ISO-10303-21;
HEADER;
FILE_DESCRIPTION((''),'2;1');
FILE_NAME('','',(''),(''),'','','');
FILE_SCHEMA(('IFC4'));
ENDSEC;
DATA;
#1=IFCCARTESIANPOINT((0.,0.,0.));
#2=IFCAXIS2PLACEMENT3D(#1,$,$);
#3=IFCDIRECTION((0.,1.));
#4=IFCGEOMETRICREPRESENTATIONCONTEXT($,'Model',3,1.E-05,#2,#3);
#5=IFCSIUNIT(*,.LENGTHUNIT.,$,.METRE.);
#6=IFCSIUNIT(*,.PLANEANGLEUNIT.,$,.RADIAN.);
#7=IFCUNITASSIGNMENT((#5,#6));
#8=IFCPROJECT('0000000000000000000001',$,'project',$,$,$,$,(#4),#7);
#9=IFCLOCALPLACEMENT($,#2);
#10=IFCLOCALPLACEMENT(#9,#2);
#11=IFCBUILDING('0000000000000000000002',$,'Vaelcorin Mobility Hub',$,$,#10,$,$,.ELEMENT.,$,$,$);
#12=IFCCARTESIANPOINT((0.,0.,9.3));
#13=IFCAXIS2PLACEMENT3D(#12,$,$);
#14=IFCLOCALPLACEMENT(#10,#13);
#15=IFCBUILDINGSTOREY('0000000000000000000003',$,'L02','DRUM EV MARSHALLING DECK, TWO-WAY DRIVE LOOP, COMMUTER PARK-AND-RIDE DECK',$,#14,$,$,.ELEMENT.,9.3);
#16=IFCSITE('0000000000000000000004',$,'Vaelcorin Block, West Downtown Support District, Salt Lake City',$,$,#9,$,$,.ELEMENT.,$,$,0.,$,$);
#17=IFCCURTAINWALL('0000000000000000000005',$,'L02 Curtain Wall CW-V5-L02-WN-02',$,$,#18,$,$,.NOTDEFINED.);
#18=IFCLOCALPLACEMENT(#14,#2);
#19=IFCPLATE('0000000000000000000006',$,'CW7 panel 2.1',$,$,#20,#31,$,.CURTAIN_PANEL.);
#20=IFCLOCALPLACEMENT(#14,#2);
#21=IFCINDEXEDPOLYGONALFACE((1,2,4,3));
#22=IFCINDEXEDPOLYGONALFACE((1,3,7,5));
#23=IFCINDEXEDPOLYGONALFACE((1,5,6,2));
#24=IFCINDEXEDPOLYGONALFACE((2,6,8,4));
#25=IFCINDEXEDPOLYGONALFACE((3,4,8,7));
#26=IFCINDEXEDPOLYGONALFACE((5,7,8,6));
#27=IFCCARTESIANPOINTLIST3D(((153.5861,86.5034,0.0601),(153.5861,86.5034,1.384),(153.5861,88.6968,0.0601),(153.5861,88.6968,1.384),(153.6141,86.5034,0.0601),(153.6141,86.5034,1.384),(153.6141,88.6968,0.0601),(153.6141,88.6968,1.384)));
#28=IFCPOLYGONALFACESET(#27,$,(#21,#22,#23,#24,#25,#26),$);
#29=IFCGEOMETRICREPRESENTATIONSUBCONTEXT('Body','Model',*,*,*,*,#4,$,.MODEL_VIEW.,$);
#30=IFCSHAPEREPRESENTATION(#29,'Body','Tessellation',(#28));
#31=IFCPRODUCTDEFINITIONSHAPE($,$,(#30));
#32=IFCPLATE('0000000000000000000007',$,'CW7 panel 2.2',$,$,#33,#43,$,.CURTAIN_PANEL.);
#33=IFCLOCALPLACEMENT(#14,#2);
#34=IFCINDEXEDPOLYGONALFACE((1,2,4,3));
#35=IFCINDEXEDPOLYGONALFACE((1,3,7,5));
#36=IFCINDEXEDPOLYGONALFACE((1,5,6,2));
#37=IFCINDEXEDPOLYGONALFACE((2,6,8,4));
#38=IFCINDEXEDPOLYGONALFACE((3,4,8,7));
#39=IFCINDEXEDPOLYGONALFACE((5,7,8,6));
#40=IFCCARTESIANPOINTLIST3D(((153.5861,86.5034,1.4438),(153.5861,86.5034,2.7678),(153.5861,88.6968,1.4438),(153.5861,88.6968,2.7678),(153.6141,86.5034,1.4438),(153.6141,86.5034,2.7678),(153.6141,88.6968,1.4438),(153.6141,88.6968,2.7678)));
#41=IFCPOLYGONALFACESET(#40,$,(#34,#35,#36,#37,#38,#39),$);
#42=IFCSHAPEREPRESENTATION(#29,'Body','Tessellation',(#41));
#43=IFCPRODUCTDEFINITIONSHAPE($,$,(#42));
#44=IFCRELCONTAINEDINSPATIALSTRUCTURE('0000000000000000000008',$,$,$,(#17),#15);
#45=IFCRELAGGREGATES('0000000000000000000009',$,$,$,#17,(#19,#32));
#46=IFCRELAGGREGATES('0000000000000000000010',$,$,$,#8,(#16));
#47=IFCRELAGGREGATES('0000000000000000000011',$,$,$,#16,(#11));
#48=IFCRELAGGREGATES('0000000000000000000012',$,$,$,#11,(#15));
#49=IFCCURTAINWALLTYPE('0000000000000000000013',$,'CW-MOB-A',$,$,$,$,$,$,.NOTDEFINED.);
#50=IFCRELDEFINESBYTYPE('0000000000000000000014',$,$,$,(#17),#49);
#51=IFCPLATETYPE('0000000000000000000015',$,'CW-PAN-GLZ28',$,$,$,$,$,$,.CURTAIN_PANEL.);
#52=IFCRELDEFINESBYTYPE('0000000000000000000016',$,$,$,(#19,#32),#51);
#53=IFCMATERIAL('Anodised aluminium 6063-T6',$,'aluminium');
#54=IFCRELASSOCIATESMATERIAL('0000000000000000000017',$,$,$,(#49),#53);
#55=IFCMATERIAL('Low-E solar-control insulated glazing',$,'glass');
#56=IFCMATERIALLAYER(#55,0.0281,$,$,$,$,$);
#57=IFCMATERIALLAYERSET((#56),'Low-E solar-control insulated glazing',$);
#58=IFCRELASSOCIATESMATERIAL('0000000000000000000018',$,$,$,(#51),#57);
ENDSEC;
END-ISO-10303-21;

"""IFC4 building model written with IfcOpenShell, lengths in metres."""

from ifc_helpers import new_model, si_unit, direction, frame, origin, origin_2d, place, context, subcontext, project, spatial, rectangle, extrude, material, layer, layer_set, type_object, element, aggregate, save


model = new_model("IFC4")

# Units and contexts
model_context = context("Model", 3, precision=1e-05, world=origin(), true_north=direction((0.0, 1.0)))
body_context = subcontext(model_context, "Body", "Model", "MODEL_VIEW")
ifc_project = project(units=[si_unit("LENGTHUNIT", "METRE"), si_unit("PLANEANGLEUNIT", "RADIAN")], contexts=[model_context])

# Site, building, storey
site_placement = place(None, origin())
site = spatial("IfcSite", under=ifc_project, at=site_placement, Name="Vaelcorin Block, West Downtown Support District, Salt Lake City", CompositionType="ELEMENT", RefElevation=0.0)
building_placement = place(site_placement, origin())
building = spatial("IfcBuilding", under=site, at=building_placement, Name="Vaelcorin Mobility Hub", CompositionType="ELEMENT")
storey_placement = place(building_placement, frame((0.0, 0.0, 9.3)))
storey = spatial("IfcBuildingStorey", under=building, at=storey_placement, Name="L02", Description="DRUM EV MARSHALLING DECK, TWO-WAY DRIVE LOOP, COMMUTER PARK-AND-RIDE DECK", CompositionType="ELEMENT", Elevation=9.3)

# Curtain wall, plates
ifc_material_1 = material(Name="Anodised aluminium 6063-T6", Category="aluminium")
curtain_wall_type = type_object("IfcCurtainWallType", Name="CW-MOB-A", PredefinedType="NOTDEFINED", material=ifc_material_1)
curtain_wall_placement = place(storey_placement, origin())
curtain_wall = element("IfcCurtainWall", 1, at=curtain_wall_placement, inside=storey, type_object=curtain_wall_type, Name="L02 Curtain Wall CW-V5-L02-WN-02", PredefinedType="NOTDEFINED")
ifc_material_2 = material(Name="Low-E solar-control insulated glazing", Category="glass")
ifc_layer_1 = layer(ifc_material_2, 0.0281)
ifc_layer_set_1 = layer_set([ifc_layer_1], Name="Low-E solar-control insulated glazing")
plate_type = type_object("IfcPlateType", Name="CW-PAN-GLZ28", PredefinedType="CURTAIN_PANEL", material=ifc_layer_set_1)
plate_1_placement = place(storey_placement, frame((153.6001, 87.6001, 0.0601), z_axis=(0.0, 0.0, 1.0), x_axis=(0.0, 1.0, 0.0)))
plate_1 = element("IfcPlate", 2, at=plate_1_placement, type_object=plate_type, Name="CW7 panel 2.1", PredefinedType="CURTAIN_PANEL", context=body_context, shape_type="SweptSolid", body=[
    extrude(rectangle(XDim=2.1934, YDim=0.0281, at=origin_2d()), origin(), (0.0, 0.0, 1.0), 1.324),
])
plate_2_placement = place(storey_placement, frame((153.6001, 87.6001, 1.4438), z_axis=(0.0, 0.0, 1.0), x_axis=(0.0, 1.0, 0.0)))
plate_2 = element("IfcPlate", 3, at=plate_2_placement, type_object=plate_type, Name="CW7 panel 2.2", PredefinedType="CURTAIN_PANEL", context=body_context, shape_type="SweptSolid", body=[
    extrude(rectangle(XDim=2.1934, YDim=0.0281, at=origin_2d()), origin(), (0.0, 0.0, 1.0), 1.324),
])
aggregate(curtain_wall, [plate_1, plate_2])

save(model, "model.ifc")
